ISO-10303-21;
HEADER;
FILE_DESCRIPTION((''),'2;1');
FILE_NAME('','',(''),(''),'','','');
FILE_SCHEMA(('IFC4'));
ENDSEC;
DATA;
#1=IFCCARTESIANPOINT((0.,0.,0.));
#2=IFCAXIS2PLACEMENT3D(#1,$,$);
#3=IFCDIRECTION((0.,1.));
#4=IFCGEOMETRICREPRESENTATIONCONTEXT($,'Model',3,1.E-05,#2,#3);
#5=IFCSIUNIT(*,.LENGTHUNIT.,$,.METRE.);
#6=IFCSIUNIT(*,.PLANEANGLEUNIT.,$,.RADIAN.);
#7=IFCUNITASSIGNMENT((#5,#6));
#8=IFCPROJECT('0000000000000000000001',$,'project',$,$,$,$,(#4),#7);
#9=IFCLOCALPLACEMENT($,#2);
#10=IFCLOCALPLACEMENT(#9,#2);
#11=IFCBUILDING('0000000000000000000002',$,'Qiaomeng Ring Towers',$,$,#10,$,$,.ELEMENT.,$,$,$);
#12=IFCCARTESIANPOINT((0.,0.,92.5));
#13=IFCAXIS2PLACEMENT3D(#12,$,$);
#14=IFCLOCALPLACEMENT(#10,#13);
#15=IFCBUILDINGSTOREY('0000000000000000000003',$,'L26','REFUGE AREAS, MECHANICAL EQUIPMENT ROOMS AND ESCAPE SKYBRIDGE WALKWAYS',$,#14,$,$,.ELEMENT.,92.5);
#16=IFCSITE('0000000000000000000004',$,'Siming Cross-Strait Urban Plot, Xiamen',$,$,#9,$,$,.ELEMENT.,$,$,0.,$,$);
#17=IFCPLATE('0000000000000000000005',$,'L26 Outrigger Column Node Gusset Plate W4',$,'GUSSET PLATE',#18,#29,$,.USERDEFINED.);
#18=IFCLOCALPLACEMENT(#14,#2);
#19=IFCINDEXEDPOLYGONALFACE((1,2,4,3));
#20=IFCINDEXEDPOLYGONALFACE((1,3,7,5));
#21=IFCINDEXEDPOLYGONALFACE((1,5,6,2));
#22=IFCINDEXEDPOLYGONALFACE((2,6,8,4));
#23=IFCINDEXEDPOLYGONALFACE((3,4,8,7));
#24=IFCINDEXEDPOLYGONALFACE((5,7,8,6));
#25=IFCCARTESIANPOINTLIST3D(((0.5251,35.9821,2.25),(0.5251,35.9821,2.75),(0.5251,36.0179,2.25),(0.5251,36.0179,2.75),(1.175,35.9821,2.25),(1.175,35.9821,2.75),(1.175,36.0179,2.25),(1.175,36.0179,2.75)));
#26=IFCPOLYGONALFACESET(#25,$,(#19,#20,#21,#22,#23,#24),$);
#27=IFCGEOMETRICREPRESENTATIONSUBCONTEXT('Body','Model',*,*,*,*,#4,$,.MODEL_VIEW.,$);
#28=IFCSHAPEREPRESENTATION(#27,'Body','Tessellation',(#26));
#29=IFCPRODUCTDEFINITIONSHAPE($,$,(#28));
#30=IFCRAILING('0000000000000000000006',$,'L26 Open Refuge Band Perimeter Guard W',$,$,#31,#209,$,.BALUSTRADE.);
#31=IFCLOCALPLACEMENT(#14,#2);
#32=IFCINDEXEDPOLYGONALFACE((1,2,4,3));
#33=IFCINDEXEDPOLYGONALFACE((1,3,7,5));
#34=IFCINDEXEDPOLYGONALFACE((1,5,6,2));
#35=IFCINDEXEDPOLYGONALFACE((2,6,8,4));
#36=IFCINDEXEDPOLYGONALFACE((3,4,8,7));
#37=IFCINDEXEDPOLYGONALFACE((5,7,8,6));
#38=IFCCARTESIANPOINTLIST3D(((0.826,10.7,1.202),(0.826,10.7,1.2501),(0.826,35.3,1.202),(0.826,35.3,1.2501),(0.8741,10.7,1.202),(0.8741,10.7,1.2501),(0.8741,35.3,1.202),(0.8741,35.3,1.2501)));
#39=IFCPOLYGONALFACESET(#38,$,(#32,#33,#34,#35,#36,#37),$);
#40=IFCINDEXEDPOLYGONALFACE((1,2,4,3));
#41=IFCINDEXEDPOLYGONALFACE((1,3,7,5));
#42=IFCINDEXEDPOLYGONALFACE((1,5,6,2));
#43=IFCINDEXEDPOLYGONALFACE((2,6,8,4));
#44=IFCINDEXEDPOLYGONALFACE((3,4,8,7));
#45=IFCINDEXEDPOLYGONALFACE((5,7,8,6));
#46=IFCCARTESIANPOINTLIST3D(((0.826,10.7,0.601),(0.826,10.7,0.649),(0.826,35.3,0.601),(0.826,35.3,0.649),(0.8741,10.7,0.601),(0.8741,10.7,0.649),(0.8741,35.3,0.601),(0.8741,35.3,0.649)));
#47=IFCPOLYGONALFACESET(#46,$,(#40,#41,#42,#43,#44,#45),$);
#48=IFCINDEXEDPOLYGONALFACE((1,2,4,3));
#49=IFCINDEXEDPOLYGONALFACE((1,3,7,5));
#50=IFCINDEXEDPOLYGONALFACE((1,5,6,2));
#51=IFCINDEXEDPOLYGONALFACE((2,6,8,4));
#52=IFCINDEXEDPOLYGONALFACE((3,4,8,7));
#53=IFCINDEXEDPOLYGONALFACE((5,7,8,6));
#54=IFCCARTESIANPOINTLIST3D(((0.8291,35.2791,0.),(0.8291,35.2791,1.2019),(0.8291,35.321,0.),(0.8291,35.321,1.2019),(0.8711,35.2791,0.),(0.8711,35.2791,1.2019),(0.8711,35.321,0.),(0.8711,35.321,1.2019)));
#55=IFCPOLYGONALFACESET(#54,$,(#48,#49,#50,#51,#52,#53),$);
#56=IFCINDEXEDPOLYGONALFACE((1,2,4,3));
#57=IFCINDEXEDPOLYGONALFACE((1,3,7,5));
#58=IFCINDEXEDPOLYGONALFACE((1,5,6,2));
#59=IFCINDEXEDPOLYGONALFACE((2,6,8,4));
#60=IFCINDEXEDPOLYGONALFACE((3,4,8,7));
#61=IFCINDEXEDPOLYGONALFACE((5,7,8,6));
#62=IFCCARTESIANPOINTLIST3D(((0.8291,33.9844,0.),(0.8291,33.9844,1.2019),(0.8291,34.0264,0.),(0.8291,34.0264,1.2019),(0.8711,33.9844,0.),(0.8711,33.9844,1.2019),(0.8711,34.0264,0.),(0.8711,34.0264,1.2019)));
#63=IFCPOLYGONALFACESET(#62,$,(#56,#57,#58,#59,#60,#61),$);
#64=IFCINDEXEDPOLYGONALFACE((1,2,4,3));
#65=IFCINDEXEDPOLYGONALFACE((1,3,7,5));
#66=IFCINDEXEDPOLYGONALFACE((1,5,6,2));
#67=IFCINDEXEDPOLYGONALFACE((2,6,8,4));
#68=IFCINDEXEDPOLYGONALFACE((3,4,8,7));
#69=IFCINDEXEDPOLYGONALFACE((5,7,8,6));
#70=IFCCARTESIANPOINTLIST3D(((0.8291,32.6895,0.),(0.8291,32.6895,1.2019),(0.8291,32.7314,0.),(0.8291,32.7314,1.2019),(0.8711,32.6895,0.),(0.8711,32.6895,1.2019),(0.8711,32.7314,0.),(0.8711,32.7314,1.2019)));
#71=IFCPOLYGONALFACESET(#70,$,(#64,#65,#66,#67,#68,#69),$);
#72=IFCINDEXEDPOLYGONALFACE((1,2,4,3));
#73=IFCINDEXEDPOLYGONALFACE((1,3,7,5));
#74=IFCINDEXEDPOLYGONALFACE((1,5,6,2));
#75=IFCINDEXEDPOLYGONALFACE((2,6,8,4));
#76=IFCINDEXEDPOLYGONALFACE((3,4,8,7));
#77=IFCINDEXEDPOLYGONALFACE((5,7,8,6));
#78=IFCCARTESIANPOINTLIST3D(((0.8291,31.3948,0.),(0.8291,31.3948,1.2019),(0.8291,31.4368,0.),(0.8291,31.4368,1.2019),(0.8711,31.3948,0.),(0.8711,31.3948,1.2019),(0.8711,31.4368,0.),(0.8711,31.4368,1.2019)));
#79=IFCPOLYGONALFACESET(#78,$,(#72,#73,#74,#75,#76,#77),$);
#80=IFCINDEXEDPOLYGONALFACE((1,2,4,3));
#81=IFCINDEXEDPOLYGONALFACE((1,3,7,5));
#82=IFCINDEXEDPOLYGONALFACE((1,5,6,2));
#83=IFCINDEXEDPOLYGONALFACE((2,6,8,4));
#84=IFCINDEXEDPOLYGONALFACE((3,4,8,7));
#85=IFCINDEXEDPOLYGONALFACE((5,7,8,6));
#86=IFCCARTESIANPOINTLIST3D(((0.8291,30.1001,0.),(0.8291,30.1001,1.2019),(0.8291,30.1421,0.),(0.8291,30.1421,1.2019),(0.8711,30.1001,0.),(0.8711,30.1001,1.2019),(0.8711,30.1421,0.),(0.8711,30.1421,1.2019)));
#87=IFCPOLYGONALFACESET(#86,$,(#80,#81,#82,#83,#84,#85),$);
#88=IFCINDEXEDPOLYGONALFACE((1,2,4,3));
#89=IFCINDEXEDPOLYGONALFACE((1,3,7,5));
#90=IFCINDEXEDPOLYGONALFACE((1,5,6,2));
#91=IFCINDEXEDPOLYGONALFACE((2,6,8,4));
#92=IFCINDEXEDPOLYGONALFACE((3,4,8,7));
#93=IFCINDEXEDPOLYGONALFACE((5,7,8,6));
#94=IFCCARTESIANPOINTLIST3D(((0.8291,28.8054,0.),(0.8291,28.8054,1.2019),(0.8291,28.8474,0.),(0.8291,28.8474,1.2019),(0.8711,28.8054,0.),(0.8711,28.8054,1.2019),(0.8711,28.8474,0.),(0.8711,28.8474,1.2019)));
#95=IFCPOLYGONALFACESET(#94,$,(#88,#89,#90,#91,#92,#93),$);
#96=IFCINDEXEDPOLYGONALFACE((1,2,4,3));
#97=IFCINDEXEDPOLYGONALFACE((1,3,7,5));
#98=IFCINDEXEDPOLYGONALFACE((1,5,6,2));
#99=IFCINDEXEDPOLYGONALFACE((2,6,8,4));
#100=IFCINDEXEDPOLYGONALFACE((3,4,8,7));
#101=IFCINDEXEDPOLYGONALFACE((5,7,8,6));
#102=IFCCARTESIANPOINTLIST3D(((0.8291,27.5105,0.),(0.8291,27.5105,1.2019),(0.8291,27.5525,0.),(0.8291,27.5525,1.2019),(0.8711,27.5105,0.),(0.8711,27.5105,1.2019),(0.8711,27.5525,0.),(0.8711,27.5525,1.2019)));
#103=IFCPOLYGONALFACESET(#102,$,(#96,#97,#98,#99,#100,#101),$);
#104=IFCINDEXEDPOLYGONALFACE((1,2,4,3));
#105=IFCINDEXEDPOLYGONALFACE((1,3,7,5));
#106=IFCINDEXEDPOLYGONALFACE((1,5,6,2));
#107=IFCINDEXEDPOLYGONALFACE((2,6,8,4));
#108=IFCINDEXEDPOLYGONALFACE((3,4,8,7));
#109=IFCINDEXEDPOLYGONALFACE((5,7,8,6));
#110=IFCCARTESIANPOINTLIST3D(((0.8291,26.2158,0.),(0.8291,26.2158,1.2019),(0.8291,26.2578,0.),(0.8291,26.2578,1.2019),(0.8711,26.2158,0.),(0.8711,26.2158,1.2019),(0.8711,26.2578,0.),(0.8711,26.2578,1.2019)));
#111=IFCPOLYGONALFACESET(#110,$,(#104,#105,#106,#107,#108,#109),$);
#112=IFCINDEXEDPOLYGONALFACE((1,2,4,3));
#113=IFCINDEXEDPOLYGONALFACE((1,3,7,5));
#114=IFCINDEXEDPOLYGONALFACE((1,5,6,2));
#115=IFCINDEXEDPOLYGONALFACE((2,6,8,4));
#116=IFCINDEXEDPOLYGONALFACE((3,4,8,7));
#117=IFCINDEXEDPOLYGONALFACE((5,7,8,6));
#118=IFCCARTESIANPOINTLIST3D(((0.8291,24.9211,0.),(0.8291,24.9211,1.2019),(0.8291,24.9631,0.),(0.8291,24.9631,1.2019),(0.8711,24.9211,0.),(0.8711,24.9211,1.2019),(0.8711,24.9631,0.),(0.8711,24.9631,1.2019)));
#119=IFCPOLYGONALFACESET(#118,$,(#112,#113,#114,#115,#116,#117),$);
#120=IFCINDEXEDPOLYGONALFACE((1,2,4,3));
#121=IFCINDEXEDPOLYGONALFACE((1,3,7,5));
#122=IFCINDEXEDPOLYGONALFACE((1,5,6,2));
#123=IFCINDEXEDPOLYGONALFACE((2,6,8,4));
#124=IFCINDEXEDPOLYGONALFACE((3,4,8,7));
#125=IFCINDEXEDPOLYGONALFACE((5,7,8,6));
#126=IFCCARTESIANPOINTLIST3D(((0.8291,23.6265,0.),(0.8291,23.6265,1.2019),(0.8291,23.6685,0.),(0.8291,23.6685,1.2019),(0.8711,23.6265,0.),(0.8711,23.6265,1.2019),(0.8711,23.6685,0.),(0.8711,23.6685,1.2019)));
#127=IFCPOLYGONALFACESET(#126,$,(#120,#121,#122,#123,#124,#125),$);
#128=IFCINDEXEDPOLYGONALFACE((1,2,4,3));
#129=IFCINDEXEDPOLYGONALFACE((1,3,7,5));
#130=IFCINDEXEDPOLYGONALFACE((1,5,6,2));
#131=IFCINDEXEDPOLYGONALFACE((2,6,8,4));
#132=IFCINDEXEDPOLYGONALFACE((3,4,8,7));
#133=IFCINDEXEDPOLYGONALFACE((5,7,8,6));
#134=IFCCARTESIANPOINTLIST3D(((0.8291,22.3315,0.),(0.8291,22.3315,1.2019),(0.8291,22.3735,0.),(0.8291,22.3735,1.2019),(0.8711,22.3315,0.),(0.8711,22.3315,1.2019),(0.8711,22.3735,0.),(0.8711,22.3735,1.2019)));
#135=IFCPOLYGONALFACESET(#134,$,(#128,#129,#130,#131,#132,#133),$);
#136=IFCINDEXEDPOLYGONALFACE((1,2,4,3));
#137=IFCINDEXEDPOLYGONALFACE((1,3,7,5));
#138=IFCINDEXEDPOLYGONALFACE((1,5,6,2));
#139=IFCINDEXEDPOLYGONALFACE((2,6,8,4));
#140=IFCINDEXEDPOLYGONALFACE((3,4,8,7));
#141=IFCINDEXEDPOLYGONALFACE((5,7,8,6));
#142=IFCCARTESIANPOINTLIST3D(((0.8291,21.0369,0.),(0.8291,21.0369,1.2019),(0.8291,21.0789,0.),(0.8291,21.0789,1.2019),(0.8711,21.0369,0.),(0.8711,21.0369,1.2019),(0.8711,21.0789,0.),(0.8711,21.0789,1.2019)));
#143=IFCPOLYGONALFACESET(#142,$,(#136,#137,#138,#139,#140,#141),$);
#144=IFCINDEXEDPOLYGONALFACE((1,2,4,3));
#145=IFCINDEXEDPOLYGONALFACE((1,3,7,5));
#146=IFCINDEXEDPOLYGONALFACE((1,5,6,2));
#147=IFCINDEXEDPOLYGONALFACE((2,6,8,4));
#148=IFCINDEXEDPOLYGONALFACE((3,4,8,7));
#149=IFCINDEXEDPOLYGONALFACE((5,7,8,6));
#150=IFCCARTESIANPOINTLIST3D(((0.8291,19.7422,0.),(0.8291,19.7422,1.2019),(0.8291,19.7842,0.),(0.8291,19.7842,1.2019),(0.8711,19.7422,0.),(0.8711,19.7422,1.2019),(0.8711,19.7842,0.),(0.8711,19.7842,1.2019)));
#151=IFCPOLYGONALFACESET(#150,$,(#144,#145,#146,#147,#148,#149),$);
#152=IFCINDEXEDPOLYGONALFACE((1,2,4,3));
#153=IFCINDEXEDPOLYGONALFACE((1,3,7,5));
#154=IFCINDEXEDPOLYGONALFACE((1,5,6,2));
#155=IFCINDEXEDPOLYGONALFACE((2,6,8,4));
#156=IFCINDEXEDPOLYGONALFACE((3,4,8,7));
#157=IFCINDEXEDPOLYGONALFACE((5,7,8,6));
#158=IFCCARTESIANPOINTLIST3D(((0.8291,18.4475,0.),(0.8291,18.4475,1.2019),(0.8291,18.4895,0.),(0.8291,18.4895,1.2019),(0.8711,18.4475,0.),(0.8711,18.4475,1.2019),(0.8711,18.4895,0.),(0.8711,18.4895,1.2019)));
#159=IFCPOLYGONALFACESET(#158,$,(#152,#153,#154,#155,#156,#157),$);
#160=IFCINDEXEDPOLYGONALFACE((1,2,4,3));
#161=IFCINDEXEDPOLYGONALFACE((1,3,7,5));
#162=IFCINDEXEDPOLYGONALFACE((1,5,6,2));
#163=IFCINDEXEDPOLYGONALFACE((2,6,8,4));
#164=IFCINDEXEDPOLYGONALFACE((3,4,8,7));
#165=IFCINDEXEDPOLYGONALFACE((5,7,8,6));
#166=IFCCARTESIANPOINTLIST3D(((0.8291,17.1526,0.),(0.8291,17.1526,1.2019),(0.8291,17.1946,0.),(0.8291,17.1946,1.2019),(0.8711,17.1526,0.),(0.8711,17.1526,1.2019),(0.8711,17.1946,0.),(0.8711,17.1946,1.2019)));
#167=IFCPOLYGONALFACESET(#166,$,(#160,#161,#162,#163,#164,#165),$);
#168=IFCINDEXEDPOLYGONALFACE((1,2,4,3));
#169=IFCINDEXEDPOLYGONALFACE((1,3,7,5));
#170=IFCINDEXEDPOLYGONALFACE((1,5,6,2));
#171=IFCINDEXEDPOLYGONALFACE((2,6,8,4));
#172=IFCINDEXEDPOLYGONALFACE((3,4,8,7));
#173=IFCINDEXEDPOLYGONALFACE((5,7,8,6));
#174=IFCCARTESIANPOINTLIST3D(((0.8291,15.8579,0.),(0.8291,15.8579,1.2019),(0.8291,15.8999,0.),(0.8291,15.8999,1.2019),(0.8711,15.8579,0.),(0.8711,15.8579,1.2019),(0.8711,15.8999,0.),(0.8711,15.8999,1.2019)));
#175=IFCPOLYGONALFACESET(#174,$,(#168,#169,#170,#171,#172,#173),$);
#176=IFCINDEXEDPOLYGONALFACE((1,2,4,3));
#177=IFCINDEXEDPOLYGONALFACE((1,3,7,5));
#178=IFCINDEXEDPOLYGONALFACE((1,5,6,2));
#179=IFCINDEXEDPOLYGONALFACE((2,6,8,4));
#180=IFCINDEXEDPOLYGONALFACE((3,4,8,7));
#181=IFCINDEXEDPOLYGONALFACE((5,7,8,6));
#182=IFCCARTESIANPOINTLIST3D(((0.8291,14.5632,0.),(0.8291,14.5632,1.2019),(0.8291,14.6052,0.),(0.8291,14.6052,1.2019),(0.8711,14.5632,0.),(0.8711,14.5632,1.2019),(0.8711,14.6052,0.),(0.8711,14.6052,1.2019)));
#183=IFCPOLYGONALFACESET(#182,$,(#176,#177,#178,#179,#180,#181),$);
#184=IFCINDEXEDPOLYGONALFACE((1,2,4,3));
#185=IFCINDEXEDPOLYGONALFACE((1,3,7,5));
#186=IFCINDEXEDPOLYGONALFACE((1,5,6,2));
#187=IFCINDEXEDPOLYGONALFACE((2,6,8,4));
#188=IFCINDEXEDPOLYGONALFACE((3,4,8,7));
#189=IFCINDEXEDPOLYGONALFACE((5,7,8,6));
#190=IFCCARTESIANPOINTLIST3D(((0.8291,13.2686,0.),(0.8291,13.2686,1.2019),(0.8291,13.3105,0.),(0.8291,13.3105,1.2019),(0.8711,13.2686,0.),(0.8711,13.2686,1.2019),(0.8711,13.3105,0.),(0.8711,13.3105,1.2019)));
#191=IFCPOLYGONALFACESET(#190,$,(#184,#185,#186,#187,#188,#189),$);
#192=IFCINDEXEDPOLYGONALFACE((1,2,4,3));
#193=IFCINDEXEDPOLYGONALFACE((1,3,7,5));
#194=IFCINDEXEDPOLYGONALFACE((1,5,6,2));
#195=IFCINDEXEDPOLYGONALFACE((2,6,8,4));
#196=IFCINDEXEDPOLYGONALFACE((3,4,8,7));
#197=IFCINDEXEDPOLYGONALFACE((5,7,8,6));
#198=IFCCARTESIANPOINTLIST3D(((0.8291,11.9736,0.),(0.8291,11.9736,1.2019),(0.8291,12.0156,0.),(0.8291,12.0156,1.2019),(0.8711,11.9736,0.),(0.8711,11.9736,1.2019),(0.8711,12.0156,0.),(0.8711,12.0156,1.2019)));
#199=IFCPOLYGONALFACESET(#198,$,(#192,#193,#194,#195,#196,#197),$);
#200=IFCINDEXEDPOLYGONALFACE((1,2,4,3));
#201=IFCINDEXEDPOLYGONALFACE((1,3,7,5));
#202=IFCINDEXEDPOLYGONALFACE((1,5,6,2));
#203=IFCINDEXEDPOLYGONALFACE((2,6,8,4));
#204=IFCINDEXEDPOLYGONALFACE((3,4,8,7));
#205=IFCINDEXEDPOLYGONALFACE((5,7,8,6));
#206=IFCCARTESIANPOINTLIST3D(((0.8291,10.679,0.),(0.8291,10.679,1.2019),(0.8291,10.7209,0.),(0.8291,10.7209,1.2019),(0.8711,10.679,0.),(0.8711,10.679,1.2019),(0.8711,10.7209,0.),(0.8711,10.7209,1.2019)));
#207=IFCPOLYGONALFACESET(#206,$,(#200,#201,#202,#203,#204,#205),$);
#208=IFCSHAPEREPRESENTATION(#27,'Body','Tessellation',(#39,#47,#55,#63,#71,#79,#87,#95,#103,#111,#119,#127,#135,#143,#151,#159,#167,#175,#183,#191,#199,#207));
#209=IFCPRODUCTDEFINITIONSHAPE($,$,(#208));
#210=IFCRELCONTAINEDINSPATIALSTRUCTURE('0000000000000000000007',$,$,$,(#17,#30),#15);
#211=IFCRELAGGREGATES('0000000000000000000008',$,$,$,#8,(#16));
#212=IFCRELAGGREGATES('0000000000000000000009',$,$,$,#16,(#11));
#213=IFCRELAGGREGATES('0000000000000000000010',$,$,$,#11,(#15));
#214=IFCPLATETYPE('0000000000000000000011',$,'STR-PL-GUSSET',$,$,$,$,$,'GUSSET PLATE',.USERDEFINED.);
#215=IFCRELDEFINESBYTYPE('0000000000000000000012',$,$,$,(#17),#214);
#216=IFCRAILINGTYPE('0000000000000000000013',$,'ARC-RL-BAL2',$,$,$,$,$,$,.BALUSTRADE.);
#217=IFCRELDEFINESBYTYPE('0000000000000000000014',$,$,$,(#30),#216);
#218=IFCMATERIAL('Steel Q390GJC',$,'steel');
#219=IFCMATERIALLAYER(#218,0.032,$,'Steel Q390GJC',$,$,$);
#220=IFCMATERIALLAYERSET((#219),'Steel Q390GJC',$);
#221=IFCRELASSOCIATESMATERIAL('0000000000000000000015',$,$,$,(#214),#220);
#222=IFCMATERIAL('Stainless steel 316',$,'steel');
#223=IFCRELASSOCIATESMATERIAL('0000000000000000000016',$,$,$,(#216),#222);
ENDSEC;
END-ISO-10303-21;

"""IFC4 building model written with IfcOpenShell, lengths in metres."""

from ifc_helpers import new_model, si_unit, direction, frame, origin, origin_2d, place, context, subcontext, project, spatial, rectangle, extrude, source, transform, mapped, material, layer, layer_set, type_object, element, save


model = new_model("IFC4")

# Units and contexts
model_context = context("Model", 3, precision=1e-05, world=origin(), true_north=direction((0.0, 1.0)))
body_context = subcontext(model_context, "Body", "Model", "MODEL_VIEW")
ifc_project = project(units=[si_unit("LENGTHUNIT", "METRE"), si_unit("PLANEANGLEUNIT", "RADIAN")], contexts=[model_context])

# Site, building, storey
site_placement = place(None, origin())
site = spatial("IfcSite", under=ifc_project, at=site_placement, Name="Siming Cross-Strait Urban Plot, Xiamen", CompositionType="ELEMENT", RefElevation=0.0)
building_placement = place(site_placement, origin())
building = spatial("IfcBuilding", under=site, at=building_placement, Name="Qiaomeng Ring Towers", CompositionType="ELEMENT")
storey_placement = place(building_placement, frame((0.0, 0.0, 92.5)))
storey = spatial("IfcBuildingStorey", under=building, at=storey_placement, Name="L26", Description="REFUGE AREAS, MECHANICAL EQUIPMENT ROOMS AND ESCAPE SKYBRIDGE WALKWAYS", CompositionType="ELEMENT", Elevation=92.5)

# Shared definitions
ifc_material_1 = material(Name="Steel Q390GJC", Category="steel")

# Plate
ifc_layer = layer(ifc_material_1, 0.032, Name="Steel Q390GJC")
ifc_layer_set = layer_set([ifc_layer], Name="Steel Q390GJC")
plate_type = type_object("IfcPlateType", Name="STR-PL-GUSSET", ElementType="GUSSET PLATE", PredefinedType="USERDEFINED", material=ifc_layer_set)
shared_shape_1 = source(origin(), body_context, "Body", "SweptSolid", [
    extrude(rectangle(XDim=0.6499, YDim=0.0359, at=origin_2d()), origin(), (0.0, 0.0, 1.0), 0.5),
])
plate_placement = place(storey_placement, frame((0.8501, 36.0, 2.25), z_axis=(0.0, 0.0, 1.0), x_axis=(1.0, 0.0, 0.0)))
element("IfcPlate", 1, at=plate_placement, inside=storey, type_object=plate_type, Name="L26 Outrigger Column Node Gusset Plate W4", ObjectType="GUSSET PLATE", PredefinedType="USERDEFINED", context=body_context, shape_type="MappedRepresentation", body=[
    mapped(shared_shape_1, transform((0.0, 0.0, 0.0), x_axis=(1.0, 0.0, 0.0), y_axis=(0.0, 1.0, 0.0), z_axis=(0.0, 0.0, 1.0), scale=1.0)),
])

# Railing
ifc_material_2 = material(Name="Stainless steel 316", Category="steel")
railing_type = type_object("IfcRailingType", Name="ARC-RL-BAL2", PredefinedType="BALUSTRADE", material=ifc_material_2)
railing_1_placement = place(storey_placement, frame((0.8501, 35.3, 0.0)))
element("IfcRailing", 2, at=railing_1_placement, inside=storey, type_object=railing_type, Name="L26 Open Refuge Band Perimeter Guard W", PredefinedType="BALUSTRADE", context=body_context, shape_type="SweptSolid", body=[
    extrude(rectangle(XDim=0.0481, YDim=0.0481, at=origin_2d()), frame((0.0, 0.0, 1.2261), z_axis=(0.0, -1.0, 0.0), x_axis=(1.0, 0.0, 0.0)), (0.0, 0.0, 1.0), 24.6001),
    extrude(rectangle(XDim=0.0481, YDim=0.0481, at=origin_2d()), frame((0.0, 0.0, 0.625), z_axis=(0.0, -1.0, 0.0), x_axis=(1.0, 0.0, 0.0)), (0.0, 0.0, 1.0), 24.6001),
    extrude(rectangle(XDim=0.042, YDim=0.042, at=origin_2d()), origin(), (0.0, 0.0, 1.0), 1.2019),
    extrude(rectangle(XDim=0.042, YDim=0.042, at=origin_2d()), frame((0.0, -1.2947, 0.0)), (0.0, 0.0, 1.0), 1.2019),
    extrude(rectangle(XDim=0.042, YDim=0.042, at=origin_2d()), frame((0.0, -2.5896, 0.0)), (0.0, 0.0, 1.0), 1.2019),
    extrude(rectangle(XDim=0.042, YDim=0.042, at=origin_2d()), frame((0.0, -3.8843, 0.0)), (0.0, 0.0, 1.0), 1.2019),
    extrude(rectangle(XDim=0.042, YDim=0.042, at=origin_2d()), frame((0.0, -5.179, 0.0)), (0.0, 0.0, 1.0), 1.2019),
    extrude(rectangle(XDim=0.042, YDim=0.042, at=origin_2d()), frame((0.0, -6.4736, 0.0)), (0.0, 0.0, 1.0), 1.2019),
    extrude(rectangle(XDim=0.042, YDim=0.042, at=origin_2d()), frame((0.0, -7.7686, 0.0)), (0.0, 0.0, 1.0), 1.2019),
    extrude(rectangle(XDim=0.042, YDim=0.042, at=origin_2d()), frame((0.0, -9.0632, 0.0)), (0.0, 0.0, 1.0), 1.2019),
    extrude(rectangle(XDim=0.042, YDim=0.042, at=origin_2d()), frame((0.0, -10.3579, 0.0)), (0.0, 0.0, 1.0), 1.2019),
    extrude(rectangle(XDim=0.042, YDim=0.042, at=origin_2d()), frame((0.0, -11.6526, 0.0)), (0.0, 0.0, 1.0), 1.2019),
    extrude(rectangle(XDim=0.042, YDim=0.042, at=origin_2d()), frame((0.0, -12.9475, 0.0)), (0.0, 0.0, 1.0), 1.2019),
    extrude(rectangle(XDim=0.042, YDim=0.042, at=origin_2d()), frame((0.0, -14.2422, 0.0)), (0.0, 0.0, 1.0), 1.2019),
    extrude(rectangle(XDim=0.042, YDim=0.042, at=origin_2d()), frame((0.0, -15.5369, 0.0)), (0.0, 0.0, 1.0), 1.2019),
    extrude(rectangle(XDim=0.042, YDim=0.042, at=origin_2d()), frame((0.0, -16.8315, 0.0)), (0.0, 0.0, 1.0), 1.2019),
    extrude(rectangle(XDim=0.042, YDim=0.042, at=origin_2d()), frame((0.0, -18.1265, 0.0)), (0.0, 0.0, 1.0), 1.2019),
    extrude(rectangle(XDim=0.042, YDim=0.042, at=origin_2d()), frame((0.0, -19.4211, 0.0)), (0.0, 0.0, 1.0), 1.2019),
    extrude(rectangle(XDim=0.042, YDim=0.042, at=origin_2d()), frame((0.0, -20.7158, 0.0)), (0.0, 0.0, 1.0), 1.2019),
    extrude(rectangle(XDim=0.042, YDim=0.042, at=origin_2d()), frame((0.0, -22.0105, 0.0)), (0.0, 0.0, 1.0), 1.2019),
    extrude(rectangle(XDim=0.042, YDim=0.042, at=origin_2d()), frame((0.0, -23.3054, 0.0)), (0.0, 0.0, 1.0), 1.2019),
    extrude(rectangle(XDim=0.042, YDim=0.042, at=origin_2d()), frame((0.0, -24.6001, 0.0)), (0.0, 0.0, 1.0), 1.2019),
])

save(model, "model.ifc")
